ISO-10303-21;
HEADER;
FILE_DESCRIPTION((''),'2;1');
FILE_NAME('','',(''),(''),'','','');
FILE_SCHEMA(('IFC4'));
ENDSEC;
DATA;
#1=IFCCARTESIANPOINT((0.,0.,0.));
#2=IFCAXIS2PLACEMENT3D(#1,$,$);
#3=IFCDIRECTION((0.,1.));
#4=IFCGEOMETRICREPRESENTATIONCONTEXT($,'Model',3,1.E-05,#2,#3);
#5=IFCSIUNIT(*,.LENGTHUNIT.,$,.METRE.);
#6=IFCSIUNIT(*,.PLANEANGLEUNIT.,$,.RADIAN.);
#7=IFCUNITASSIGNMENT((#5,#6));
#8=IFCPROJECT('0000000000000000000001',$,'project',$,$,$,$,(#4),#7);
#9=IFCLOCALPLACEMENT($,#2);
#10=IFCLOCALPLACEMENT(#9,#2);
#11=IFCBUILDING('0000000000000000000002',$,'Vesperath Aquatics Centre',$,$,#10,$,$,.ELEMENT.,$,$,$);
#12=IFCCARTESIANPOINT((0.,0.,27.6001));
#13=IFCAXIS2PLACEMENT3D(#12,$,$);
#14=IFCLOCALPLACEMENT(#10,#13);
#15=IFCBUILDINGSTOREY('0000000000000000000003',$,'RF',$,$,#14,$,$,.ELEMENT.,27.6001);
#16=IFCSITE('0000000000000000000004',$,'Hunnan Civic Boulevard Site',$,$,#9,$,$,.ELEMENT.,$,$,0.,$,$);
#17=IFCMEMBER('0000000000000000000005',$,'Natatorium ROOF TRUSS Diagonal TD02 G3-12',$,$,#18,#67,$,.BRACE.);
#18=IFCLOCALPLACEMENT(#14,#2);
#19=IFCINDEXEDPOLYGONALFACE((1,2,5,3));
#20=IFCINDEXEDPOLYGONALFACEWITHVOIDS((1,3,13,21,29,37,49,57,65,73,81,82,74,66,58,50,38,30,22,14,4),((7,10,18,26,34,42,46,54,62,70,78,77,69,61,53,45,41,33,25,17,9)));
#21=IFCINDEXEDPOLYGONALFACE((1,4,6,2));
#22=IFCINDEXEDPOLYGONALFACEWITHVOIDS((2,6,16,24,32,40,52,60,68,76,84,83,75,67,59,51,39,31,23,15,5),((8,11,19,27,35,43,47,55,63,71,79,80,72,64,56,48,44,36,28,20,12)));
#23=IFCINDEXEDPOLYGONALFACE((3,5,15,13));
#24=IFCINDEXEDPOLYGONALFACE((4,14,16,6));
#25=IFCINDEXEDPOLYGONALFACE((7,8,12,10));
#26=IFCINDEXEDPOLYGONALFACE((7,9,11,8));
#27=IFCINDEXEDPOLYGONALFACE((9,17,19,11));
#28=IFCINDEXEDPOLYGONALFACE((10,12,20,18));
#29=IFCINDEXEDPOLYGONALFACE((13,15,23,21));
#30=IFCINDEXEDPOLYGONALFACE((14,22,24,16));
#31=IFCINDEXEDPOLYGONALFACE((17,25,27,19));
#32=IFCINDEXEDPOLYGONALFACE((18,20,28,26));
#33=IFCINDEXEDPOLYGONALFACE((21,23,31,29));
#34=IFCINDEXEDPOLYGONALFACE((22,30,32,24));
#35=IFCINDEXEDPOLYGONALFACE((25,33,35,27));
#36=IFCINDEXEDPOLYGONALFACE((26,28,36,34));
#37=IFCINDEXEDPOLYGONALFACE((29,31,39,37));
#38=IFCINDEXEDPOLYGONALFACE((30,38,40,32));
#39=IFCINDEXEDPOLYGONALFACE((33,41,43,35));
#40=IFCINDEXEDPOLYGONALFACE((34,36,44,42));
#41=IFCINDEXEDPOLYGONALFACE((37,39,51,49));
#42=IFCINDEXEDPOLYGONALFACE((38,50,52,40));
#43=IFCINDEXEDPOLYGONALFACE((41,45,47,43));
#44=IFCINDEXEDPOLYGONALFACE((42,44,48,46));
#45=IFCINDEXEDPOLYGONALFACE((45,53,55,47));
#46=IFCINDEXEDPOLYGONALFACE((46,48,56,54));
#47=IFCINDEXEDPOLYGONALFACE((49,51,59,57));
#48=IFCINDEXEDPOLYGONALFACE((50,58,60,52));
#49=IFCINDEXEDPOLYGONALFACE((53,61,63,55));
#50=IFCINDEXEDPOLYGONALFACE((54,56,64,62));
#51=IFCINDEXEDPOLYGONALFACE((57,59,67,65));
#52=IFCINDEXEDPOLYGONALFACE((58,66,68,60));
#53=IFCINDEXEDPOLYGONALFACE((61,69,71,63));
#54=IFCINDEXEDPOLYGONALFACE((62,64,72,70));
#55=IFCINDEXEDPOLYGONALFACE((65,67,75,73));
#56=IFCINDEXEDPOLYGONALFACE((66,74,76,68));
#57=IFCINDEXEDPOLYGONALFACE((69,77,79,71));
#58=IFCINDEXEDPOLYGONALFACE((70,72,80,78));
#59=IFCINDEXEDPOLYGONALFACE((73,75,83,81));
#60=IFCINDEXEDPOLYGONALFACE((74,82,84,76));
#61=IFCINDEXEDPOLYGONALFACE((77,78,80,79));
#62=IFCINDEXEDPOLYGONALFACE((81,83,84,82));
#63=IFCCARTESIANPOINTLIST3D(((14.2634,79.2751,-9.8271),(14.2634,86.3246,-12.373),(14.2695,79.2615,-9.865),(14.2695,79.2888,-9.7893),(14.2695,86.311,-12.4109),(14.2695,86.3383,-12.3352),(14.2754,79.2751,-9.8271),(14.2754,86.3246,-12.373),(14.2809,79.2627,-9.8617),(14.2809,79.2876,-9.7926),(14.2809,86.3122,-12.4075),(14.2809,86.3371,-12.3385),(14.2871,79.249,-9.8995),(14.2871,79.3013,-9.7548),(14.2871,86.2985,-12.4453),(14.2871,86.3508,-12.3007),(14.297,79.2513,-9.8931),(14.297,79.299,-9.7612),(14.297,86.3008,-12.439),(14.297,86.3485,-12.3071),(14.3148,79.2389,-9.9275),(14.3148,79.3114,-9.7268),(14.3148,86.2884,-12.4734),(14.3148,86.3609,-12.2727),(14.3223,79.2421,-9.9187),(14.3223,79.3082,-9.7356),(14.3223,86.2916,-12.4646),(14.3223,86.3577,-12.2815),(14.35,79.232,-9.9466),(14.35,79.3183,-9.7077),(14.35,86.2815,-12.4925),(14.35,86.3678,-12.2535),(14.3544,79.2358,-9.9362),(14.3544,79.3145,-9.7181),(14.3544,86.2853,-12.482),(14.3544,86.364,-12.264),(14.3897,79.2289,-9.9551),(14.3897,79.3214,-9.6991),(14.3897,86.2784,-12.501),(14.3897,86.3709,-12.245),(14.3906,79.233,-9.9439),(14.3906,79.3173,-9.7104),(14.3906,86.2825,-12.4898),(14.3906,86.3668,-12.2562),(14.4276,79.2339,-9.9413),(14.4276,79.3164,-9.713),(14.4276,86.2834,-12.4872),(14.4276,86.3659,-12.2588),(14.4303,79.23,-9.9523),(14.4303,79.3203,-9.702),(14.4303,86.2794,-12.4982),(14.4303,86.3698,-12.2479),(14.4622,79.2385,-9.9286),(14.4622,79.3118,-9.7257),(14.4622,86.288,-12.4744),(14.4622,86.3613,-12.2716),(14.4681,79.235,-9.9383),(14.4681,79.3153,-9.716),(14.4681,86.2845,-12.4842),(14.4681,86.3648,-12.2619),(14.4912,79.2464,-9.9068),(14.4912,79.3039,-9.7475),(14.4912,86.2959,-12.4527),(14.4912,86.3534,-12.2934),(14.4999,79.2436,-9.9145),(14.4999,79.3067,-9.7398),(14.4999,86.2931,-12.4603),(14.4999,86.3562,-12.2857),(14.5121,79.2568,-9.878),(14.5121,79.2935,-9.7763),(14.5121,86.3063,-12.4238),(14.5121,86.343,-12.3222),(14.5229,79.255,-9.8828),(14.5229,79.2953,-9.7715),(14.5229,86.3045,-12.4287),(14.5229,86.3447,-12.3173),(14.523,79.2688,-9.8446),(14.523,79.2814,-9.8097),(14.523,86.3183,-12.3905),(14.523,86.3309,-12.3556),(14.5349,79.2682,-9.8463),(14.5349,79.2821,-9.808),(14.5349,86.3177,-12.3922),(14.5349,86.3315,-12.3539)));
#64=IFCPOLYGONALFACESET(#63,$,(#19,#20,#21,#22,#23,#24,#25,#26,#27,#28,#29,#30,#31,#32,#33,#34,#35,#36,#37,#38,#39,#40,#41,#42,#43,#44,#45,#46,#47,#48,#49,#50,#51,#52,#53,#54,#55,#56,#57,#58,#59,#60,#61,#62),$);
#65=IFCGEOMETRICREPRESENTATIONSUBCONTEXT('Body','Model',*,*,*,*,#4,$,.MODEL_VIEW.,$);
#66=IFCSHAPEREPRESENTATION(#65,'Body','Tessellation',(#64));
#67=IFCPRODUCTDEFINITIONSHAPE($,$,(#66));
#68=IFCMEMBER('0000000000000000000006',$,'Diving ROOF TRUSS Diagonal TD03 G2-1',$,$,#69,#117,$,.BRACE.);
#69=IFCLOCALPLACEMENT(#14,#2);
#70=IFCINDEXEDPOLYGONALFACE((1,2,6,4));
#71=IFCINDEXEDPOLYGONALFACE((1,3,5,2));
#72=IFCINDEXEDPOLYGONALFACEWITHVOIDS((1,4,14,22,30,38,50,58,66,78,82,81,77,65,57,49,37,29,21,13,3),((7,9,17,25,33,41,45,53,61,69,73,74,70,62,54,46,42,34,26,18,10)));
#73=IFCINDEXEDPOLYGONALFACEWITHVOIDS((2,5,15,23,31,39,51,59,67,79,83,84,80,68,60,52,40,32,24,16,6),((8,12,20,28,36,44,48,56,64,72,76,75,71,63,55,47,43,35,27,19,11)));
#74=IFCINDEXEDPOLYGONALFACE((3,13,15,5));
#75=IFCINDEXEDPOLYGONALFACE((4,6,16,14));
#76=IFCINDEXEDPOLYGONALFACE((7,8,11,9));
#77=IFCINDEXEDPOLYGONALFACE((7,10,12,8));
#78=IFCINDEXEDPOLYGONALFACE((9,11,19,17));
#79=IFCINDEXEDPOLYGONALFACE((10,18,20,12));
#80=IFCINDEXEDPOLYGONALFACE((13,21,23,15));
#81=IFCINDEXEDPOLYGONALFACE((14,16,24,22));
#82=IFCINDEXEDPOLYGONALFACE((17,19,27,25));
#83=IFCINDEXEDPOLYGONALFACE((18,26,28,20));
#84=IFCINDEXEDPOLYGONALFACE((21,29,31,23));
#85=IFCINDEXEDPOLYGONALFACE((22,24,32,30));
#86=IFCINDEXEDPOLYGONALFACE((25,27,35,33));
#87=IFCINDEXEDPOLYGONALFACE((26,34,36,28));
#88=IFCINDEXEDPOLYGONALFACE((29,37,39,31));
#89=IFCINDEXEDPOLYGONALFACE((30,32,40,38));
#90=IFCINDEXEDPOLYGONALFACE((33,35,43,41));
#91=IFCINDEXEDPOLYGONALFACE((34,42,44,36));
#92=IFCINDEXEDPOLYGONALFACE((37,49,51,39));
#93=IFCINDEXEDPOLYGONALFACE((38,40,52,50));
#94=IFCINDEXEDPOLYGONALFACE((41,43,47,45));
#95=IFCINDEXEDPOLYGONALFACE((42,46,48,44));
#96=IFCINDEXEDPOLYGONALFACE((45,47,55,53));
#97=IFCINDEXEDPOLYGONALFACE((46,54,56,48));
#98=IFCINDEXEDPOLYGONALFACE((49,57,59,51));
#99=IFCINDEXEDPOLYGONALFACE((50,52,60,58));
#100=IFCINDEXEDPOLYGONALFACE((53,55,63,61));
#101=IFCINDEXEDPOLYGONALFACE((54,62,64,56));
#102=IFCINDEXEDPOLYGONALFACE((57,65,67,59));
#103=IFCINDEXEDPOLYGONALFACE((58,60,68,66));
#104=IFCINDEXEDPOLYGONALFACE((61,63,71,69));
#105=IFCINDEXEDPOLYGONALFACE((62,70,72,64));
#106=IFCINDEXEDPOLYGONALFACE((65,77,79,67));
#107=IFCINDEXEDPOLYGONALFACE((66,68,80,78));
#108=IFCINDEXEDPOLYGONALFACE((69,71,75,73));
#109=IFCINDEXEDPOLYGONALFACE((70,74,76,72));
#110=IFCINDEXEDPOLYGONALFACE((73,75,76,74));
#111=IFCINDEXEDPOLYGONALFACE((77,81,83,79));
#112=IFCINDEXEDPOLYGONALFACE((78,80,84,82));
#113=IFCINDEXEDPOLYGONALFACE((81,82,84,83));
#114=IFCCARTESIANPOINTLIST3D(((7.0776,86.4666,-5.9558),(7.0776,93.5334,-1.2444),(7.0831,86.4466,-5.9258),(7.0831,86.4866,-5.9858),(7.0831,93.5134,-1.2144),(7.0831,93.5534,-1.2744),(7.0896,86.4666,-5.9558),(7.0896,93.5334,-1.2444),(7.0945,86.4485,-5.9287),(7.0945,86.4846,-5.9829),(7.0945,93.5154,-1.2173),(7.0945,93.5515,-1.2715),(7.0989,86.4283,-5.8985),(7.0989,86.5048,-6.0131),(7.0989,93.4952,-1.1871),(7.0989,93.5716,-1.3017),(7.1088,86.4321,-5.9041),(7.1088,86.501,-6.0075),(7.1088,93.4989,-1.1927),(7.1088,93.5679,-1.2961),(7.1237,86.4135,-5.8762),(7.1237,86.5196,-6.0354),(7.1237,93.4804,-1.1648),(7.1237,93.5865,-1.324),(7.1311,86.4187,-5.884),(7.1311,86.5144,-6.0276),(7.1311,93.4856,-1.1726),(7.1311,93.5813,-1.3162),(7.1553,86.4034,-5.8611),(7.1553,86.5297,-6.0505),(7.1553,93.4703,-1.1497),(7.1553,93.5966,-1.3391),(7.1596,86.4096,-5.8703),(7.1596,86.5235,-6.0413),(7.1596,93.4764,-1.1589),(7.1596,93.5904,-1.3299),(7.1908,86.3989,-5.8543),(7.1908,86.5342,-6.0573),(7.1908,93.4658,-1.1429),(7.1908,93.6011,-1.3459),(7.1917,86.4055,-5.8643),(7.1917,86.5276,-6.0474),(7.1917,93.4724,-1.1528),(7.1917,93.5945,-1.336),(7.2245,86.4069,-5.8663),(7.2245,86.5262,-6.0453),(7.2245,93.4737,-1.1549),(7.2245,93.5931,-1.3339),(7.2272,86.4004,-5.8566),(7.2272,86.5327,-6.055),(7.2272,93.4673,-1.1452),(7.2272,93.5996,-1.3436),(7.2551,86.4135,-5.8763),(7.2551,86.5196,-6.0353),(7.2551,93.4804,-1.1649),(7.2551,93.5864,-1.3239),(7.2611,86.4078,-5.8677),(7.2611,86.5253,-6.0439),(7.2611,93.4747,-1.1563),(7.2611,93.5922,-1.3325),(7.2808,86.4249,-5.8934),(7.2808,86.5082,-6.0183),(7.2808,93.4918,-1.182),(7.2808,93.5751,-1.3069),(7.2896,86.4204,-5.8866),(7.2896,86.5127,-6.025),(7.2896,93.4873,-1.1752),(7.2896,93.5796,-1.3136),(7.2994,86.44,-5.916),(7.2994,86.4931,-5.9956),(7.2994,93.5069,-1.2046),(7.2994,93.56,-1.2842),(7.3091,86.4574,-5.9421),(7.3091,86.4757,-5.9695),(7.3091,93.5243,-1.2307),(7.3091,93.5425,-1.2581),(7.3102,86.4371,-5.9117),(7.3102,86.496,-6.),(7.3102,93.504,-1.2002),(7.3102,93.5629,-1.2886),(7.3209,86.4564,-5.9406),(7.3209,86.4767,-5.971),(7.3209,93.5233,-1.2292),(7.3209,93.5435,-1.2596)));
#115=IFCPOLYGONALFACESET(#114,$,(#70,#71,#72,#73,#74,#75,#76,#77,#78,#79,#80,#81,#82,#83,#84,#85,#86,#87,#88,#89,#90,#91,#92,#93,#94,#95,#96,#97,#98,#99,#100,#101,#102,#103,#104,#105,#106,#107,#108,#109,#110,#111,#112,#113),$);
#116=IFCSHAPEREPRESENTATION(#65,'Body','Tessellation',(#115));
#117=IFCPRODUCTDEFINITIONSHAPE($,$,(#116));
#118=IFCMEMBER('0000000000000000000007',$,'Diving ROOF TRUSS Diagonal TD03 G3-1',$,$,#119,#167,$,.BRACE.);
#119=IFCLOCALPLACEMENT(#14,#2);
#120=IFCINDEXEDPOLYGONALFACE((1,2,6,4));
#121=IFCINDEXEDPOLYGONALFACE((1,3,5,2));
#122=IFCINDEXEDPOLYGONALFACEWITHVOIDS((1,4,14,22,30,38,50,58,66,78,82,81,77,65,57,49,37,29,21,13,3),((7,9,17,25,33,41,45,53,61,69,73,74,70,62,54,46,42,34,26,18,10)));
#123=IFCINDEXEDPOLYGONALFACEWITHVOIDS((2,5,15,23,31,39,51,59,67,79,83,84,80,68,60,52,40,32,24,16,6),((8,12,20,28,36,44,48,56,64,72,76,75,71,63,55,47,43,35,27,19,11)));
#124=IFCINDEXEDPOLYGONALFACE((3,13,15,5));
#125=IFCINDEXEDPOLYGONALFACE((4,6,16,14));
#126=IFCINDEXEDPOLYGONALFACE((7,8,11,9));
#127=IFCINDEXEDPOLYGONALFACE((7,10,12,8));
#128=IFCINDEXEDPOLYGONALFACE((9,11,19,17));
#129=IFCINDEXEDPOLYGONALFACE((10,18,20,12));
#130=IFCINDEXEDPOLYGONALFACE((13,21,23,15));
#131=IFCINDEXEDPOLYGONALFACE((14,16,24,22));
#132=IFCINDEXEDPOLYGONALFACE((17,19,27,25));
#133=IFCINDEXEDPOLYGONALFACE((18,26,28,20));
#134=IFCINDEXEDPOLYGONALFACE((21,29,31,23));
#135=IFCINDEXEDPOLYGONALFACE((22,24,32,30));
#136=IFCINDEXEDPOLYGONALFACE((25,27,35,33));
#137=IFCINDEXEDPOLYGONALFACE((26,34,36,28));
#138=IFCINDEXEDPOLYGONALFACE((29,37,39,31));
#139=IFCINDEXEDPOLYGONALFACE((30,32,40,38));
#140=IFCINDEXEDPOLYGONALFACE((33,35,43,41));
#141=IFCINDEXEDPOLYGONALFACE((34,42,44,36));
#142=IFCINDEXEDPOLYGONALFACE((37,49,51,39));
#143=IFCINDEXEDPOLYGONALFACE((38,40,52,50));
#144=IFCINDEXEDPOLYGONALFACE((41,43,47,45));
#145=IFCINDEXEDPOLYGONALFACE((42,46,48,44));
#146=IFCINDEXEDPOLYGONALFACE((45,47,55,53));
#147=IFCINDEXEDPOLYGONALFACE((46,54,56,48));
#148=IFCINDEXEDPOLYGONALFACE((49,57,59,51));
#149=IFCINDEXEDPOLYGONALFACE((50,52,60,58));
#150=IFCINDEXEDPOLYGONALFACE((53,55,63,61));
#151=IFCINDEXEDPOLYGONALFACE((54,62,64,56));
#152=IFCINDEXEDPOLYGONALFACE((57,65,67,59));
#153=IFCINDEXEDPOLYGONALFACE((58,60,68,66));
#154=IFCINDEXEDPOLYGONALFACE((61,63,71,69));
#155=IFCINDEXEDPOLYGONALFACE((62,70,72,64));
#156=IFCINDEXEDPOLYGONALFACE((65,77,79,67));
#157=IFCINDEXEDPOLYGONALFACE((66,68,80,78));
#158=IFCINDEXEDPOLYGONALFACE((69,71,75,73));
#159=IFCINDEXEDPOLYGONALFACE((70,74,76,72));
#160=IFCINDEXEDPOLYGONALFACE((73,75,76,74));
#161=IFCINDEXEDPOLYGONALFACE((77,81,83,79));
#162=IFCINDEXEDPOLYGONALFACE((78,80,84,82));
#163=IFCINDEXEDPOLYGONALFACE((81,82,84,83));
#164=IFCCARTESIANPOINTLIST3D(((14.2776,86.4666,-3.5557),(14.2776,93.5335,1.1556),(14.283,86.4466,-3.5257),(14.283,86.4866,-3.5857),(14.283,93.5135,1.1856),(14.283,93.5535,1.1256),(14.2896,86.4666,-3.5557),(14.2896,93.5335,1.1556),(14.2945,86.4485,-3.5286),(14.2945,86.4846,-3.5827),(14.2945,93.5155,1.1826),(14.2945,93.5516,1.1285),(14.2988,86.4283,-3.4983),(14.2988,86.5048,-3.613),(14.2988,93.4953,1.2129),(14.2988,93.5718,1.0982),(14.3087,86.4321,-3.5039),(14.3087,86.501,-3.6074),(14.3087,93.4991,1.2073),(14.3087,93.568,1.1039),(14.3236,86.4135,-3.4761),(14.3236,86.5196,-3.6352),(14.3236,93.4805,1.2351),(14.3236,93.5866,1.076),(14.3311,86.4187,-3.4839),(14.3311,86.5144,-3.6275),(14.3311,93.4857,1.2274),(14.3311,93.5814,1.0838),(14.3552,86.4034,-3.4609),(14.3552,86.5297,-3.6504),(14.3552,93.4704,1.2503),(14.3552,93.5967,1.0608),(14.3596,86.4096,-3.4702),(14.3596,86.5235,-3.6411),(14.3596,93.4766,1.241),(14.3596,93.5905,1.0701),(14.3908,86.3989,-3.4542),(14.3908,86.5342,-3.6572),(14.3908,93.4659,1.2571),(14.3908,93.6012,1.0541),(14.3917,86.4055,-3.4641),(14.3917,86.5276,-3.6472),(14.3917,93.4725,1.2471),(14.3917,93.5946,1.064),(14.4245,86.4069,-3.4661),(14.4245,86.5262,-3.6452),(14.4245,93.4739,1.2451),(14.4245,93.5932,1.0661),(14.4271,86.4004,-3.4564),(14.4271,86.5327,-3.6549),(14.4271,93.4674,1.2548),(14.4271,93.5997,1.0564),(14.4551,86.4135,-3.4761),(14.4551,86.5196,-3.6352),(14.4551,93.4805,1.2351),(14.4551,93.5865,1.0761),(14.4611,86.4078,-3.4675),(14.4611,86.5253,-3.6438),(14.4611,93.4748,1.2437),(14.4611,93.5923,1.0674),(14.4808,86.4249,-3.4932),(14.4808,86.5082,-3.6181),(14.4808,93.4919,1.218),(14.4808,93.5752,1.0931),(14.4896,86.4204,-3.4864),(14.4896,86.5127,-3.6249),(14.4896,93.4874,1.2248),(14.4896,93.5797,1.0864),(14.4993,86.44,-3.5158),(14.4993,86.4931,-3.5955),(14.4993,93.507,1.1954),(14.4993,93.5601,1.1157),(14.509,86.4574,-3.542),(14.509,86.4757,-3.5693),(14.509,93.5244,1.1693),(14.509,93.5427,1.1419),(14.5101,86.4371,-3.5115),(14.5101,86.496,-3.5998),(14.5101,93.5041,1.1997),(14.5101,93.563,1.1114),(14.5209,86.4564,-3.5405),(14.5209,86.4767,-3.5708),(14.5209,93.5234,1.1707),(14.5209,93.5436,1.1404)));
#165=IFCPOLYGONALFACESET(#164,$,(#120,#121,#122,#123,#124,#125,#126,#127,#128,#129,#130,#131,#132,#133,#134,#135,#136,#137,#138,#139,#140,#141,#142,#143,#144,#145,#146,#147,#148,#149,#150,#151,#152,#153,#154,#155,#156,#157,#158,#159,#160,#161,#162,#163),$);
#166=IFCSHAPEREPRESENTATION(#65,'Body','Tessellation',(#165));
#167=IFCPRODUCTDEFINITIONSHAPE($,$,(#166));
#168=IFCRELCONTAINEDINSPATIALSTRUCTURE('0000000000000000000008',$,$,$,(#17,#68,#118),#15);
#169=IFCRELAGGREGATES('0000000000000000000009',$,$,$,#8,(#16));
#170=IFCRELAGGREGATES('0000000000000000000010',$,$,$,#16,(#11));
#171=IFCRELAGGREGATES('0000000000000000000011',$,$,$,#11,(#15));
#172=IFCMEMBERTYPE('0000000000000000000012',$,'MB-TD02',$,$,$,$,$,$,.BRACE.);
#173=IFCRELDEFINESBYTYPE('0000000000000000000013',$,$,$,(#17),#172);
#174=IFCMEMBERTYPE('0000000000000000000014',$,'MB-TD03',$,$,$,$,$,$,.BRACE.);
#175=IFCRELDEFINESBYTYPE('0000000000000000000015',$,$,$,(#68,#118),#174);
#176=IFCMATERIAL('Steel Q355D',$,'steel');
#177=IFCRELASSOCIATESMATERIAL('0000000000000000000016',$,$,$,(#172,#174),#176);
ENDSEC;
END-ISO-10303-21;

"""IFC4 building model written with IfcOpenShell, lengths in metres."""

from ifc_helpers import new_model, si_unit, direction, frame, origin, origin_2d, place, context, subcontext, project, spatial, hollow_circle, extrude, material, material_profile, profile_set, type_object, element, save


model = new_model("IFC4")

# Units and contexts
model_context = context("Model", 3, precision=1e-05, world=origin(), true_north=direction((0.0, 1.0)))
body_context = subcontext(model_context, "Body", "Model", "MODEL_VIEW")
ifc_project = project(units=[si_unit("LENGTHUNIT", "METRE"), si_unit("PLANEANGLEUNIT", "RADIAN")], contexts=[model_context])

# Site, building, storey
site_placement = place(None, origin())
site = spatial("IfcSite", under=ifc_project, at=site_placement, Name="Hunnan Civic Boulevard Site", CompositionType="ELEMENT", RefElevation=0.0)
building_placement = place(site_placement, origin())
building = spatial("IfcBuilding", under=site, at=building_placement, Name="Vesperath Aquatics Centre", CompositionType="ELEMENT")
storey_placement = place(building_placement, frame((0.0, 0.0, 27.6001)))
storey = spatial("IfcBuildingStorey", under=building, at=storey_placement, Name="RF", CompositionType="ELEMENT", Elevation=27.6001)

# Members
ifc_material_1 = material(Name="Steel Q355D", Category="steel")
ifc_material_profile_1 = material_profile(ifc_material_1, hollow_circle(Radius=0.1365, WallThickness=0.012, at=origin_2d()), Name="CHS 273.0x12")
ifc_profile_set_1 = profile_set([ifc_material_profile_1], Name="Steel Q355D")
member_type_1 = type_object("IfcMemberType", Name="MB-TD02", PredefinedType="BRACE", material=ifc_profile_set_1)
member_1_placement = place(storey_placement, frame((14.3999, 79.2751, -9.8271), z_axis=(0.0, 0.940544, -0.339671), x_axis=(-1.0, 0.0, 0.0)))
element("IfcMember", 1, at=member_1_placement, inside=storey, type_object=member_type_1, Name="Natatorium ROOF TRUSS Diagonal TD02 G3-12", PredefinedType="BRACE", context=body_context, shape_type="SweptSolid", body=[
    extrude(hollow_circle(Radius=0.1365, WallThickness=0.012, at=origin_2d()), origin(), (0.0, 0.0, 1.0), 7.4951),
])
ifc_material_profile_2 = material_profile(ifc_material_1, hollow_circle(Radius=0.1223, WallThickness=0.012, at=origin_2d()), Name="CHS 244.5x12")
ifc_profile_set_2 = profile_set([ifc_material_profile_2], Name="Steel Q355D")
member_type_2 = type_object("IfcMemberType", Name="MB-TD03", PredefinedType="BRACE", material=ifc_profile_set_2)
for number, where, z_axis, x_axis, name in (
    (2, (7.2, 86.4666, -5.9558), (0.0, 0.832041, 0.554713), (-1.0, 0.0, 0.0), "Diving ROOF TRUSS Diagonal TD03 G2-1"),
    (3, (14.3999, 86.4666, -3.5557), (0.0, 0.832055, 0.554694), (-1.0, 0.0, 0.0), "Diving ROOF TRUSS Diagonal TD03 G3-1"),
):
    element("IfcMember", number, at=place(storey_placement, frame(where, z_axis=z_axis, x_axis=x_axis)), inside=storey, type_object=member_type_2, Name=name, PredefinedType="BRACE", context=body_context, shape_type="SweptSolid", body=[
        extrude(hollow_circle(Radius=0.1223, WallThickness=0.012, at=origin_2d()), origin(), (0.0, 0.0, 1.0), 8.4934),
    ])

save(model, "model.ifc")
